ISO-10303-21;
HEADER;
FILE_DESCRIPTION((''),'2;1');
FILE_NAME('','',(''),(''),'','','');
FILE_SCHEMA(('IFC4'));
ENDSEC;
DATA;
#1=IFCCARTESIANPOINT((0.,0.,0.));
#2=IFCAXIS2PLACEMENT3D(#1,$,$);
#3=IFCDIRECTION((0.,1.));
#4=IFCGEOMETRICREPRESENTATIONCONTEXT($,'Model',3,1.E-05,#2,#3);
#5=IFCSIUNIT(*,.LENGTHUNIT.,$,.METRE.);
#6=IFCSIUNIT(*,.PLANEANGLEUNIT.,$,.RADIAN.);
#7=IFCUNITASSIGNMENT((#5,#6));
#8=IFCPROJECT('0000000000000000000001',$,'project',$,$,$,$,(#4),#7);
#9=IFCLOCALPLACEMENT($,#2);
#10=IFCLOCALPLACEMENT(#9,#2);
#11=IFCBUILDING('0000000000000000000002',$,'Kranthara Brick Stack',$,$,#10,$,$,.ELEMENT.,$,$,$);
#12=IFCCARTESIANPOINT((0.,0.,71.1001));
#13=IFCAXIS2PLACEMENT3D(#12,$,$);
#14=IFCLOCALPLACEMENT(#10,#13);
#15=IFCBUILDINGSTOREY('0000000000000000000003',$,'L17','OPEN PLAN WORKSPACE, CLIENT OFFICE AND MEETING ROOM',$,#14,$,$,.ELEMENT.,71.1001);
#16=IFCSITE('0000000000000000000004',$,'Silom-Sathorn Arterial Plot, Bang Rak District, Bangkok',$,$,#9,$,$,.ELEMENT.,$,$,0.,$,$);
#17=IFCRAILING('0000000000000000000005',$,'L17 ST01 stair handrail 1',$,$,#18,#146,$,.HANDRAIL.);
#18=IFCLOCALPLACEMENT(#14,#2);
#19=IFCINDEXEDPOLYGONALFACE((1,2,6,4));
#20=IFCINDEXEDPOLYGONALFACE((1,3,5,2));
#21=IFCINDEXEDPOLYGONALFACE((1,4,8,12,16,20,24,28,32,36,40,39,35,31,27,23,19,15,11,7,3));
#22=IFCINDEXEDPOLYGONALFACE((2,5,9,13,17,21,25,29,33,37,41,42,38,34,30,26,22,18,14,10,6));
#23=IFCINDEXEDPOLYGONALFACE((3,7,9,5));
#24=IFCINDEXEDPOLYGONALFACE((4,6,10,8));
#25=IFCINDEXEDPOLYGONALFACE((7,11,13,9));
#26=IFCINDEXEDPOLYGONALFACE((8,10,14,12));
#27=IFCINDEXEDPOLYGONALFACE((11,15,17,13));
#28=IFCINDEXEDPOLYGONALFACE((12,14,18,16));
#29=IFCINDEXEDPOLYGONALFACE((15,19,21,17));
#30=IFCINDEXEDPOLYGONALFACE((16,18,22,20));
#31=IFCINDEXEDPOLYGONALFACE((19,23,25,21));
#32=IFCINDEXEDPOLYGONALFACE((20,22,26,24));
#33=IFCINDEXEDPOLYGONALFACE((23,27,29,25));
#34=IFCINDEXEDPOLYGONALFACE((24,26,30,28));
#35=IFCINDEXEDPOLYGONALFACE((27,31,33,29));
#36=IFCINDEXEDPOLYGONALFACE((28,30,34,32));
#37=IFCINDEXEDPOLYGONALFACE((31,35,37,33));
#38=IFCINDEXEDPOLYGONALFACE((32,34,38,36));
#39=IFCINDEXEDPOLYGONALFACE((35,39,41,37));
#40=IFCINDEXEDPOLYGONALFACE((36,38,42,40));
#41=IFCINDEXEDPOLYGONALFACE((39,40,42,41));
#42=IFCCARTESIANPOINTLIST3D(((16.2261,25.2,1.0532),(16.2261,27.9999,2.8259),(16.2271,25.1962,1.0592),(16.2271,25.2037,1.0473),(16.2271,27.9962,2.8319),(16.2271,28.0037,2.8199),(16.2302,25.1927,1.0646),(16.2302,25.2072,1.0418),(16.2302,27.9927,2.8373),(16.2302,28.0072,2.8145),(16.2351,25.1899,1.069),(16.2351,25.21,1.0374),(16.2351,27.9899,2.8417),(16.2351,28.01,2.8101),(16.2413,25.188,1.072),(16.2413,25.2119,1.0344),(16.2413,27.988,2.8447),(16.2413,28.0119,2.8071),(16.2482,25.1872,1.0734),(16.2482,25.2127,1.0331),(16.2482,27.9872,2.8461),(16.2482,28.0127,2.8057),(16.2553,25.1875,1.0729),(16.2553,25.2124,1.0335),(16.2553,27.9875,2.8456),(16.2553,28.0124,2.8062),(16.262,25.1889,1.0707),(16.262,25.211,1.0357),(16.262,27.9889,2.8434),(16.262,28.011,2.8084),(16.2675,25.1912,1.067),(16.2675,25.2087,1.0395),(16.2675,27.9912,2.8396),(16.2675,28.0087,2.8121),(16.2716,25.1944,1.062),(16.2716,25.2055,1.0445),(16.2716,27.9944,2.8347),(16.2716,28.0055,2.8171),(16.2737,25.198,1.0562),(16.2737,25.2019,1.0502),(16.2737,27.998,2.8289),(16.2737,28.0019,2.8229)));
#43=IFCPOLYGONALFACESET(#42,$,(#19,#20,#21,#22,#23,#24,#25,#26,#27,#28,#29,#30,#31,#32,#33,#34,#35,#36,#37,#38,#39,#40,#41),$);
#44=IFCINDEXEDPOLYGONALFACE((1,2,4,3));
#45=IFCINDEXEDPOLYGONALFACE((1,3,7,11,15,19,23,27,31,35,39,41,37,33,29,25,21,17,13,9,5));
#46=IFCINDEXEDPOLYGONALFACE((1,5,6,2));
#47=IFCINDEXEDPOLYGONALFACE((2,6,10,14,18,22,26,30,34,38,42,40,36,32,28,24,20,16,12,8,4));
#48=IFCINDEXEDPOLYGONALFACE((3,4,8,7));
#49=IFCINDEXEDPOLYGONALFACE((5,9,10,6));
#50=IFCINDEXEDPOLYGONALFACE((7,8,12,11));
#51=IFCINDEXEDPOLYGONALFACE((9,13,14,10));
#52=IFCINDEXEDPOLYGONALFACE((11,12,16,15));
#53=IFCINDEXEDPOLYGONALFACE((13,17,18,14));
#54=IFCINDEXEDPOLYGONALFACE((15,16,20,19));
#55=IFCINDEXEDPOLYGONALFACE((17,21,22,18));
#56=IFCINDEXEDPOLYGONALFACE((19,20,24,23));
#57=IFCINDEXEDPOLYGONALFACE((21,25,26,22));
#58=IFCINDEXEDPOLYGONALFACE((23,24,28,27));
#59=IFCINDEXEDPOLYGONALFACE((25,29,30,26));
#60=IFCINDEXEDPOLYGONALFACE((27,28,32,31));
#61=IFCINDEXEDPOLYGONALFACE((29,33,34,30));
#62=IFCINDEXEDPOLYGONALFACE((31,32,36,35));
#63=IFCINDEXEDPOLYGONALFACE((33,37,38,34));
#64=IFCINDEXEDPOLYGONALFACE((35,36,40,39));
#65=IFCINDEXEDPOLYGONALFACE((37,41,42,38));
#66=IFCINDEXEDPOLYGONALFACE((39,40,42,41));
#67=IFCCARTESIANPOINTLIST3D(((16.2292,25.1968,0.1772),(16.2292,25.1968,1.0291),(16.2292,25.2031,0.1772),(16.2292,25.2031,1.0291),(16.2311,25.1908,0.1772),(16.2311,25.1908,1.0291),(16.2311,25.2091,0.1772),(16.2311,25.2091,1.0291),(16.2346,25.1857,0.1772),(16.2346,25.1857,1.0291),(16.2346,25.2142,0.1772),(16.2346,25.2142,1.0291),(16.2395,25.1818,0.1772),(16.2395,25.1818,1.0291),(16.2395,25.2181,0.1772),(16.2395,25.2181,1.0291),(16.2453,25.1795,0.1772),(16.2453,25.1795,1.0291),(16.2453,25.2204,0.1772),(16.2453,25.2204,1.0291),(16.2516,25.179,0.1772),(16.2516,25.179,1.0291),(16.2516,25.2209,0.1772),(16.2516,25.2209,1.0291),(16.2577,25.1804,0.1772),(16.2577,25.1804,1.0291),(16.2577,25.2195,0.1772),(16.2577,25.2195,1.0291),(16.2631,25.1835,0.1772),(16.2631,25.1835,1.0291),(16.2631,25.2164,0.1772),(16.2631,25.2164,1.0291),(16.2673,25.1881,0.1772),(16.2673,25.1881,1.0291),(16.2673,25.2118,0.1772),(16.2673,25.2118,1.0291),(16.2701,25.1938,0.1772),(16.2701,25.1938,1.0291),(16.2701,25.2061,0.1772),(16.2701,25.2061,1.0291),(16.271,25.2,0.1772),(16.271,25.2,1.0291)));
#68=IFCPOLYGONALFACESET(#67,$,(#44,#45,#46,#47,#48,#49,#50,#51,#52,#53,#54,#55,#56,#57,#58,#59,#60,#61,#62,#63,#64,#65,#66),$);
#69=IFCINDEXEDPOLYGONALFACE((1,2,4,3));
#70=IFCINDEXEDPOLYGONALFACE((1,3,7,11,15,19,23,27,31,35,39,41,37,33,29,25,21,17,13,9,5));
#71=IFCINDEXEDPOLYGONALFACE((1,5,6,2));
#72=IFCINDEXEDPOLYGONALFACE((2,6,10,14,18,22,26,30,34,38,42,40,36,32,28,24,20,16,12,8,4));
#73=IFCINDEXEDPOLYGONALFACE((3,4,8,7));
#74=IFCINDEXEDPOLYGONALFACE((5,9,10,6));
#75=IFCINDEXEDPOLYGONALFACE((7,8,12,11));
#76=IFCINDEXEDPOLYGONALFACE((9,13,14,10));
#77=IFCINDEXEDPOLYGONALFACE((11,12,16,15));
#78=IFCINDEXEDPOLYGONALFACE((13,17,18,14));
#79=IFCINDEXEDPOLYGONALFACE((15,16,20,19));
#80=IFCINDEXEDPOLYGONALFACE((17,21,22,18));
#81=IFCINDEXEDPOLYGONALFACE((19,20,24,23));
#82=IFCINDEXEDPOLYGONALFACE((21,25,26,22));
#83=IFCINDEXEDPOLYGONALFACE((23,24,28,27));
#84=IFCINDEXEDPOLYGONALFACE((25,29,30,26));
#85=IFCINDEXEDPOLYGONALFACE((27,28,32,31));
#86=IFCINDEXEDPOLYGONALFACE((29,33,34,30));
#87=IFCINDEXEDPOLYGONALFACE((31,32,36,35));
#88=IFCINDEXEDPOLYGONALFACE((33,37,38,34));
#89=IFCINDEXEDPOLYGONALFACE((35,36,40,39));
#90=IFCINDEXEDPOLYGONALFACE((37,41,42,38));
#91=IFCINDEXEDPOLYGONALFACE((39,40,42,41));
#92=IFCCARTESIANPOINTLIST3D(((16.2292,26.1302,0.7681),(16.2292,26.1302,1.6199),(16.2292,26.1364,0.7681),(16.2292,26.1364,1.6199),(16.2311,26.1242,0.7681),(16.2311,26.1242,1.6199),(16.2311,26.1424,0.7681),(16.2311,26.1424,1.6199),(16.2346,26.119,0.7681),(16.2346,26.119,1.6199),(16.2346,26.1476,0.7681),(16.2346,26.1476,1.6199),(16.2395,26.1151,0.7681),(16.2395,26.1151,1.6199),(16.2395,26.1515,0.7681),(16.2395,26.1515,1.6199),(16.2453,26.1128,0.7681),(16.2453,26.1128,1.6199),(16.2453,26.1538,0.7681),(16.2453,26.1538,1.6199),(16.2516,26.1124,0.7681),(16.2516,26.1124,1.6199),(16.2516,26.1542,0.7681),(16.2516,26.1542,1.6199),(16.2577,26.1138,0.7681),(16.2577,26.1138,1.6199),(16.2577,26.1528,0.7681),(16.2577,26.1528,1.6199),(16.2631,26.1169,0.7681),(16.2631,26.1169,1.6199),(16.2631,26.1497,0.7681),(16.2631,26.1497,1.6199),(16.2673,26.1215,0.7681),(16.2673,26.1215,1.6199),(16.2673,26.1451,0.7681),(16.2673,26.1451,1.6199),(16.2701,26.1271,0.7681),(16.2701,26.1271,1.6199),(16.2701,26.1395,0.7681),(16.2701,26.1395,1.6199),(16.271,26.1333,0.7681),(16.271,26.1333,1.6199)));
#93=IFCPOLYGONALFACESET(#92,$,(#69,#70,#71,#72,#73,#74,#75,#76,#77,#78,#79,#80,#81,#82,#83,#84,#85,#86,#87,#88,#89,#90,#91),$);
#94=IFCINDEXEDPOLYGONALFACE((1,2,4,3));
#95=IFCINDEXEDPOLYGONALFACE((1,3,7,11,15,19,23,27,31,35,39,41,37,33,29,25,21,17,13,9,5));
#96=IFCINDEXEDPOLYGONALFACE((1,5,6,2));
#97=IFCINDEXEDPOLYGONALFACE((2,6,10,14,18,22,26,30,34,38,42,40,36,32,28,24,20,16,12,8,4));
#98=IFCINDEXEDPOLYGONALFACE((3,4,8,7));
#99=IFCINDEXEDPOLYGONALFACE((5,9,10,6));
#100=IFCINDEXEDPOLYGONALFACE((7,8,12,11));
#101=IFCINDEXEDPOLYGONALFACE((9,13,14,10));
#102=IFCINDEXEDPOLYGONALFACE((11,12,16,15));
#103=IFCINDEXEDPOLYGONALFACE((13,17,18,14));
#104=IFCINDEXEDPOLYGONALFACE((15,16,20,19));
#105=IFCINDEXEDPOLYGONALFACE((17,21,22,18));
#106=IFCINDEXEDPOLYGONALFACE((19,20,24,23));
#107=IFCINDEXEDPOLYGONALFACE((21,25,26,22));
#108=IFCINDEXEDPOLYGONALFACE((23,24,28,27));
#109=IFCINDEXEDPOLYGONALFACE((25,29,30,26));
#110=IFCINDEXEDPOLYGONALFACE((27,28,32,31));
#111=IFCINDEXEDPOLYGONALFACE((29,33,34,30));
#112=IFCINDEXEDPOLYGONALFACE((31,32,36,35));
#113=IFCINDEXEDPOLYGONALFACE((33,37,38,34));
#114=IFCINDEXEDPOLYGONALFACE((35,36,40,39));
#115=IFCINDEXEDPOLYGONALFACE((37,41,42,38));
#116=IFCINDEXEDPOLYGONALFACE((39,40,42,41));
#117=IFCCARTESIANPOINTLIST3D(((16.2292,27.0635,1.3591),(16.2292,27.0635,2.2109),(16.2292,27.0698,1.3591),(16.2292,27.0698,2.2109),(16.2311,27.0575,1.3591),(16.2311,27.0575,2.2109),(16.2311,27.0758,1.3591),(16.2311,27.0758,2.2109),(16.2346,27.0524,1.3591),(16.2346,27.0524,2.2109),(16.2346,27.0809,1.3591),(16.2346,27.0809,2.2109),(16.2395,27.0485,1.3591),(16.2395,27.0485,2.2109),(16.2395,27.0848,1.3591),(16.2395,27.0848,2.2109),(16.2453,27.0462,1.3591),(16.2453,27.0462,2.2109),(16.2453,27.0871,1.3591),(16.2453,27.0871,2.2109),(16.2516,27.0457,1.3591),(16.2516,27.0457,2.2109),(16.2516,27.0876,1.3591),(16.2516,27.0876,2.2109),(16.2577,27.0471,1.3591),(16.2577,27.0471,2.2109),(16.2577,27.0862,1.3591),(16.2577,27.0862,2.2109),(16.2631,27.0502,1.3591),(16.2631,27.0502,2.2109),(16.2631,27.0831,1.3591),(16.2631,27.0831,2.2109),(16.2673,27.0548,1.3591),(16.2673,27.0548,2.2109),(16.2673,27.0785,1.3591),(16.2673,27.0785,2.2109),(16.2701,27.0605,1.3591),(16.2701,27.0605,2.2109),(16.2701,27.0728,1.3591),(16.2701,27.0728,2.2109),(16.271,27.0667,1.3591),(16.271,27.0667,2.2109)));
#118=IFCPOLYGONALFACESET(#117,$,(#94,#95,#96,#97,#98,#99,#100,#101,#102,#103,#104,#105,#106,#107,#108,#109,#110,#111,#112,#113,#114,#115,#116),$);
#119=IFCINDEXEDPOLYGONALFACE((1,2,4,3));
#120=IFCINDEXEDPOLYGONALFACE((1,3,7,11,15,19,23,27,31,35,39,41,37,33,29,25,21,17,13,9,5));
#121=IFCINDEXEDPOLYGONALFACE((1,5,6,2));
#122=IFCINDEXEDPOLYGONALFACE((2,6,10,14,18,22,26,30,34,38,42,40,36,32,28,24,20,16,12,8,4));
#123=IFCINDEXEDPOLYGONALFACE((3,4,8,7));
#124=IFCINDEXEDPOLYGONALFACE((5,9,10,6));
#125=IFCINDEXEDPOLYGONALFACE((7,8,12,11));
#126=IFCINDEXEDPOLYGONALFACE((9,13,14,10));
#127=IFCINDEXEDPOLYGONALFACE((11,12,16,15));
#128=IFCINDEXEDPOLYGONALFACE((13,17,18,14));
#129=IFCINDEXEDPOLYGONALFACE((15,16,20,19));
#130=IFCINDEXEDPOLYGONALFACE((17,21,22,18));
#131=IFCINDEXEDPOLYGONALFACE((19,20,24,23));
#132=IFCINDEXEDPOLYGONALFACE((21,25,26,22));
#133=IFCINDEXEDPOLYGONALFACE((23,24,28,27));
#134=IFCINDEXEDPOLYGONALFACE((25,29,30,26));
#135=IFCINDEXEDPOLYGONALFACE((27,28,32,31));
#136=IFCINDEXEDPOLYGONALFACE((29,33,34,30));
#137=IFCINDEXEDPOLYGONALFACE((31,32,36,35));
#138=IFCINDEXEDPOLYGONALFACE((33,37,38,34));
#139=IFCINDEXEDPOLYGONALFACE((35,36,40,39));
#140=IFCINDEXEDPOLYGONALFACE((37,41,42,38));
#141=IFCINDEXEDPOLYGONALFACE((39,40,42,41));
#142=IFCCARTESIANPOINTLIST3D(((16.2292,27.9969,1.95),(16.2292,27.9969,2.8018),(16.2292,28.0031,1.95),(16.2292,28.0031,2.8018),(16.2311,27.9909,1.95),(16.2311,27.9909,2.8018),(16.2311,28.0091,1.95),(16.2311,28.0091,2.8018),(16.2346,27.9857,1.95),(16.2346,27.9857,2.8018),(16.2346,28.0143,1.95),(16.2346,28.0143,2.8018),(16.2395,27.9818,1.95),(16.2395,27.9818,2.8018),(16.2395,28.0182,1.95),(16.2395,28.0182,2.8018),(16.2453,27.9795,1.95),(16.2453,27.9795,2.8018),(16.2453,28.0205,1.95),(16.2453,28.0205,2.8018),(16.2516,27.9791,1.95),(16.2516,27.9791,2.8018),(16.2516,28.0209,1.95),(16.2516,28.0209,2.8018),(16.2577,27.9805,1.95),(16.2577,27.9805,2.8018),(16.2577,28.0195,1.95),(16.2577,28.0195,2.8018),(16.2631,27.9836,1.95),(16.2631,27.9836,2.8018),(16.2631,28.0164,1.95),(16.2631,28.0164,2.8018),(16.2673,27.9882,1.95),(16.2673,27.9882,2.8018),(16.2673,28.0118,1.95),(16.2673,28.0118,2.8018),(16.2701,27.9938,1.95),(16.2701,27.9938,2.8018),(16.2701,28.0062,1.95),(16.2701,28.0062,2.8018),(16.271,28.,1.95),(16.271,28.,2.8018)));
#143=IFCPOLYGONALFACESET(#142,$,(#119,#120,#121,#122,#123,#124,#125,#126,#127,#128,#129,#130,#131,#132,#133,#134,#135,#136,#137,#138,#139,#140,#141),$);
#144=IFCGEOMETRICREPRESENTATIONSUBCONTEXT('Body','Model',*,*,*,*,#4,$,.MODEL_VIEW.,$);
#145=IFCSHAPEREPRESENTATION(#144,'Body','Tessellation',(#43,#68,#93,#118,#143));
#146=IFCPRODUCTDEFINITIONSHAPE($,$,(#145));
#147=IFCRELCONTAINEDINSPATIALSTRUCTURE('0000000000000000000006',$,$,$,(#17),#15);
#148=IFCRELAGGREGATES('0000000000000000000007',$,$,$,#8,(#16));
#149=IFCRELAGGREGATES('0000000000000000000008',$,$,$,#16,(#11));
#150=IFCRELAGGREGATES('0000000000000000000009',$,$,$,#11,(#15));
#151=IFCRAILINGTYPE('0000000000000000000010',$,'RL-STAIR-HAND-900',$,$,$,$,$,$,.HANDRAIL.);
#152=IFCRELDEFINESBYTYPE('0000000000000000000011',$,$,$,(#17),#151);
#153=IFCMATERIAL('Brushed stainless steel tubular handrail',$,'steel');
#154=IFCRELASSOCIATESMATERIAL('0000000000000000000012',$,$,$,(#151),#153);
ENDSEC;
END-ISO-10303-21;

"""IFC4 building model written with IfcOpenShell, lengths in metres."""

from ifc_helpers import new_model, si_unit, direction, frame, origin, origin_2d, place, context, subcontext, project, spatial, circle, extrude, material, type_object, element, save


model = new_model("IFC4")

# Units and contexts
model_context = context("Model", 3, precision=1e-05, world=origin(), true_north=direction((0.0, 1.0)))
body_context = subcontext(model_context, "Body", "Model", "MODEL_VIEW")
ifc_project = project(units=[si_unit("LENGTHUNIT", "METRE"), si_unit("PLANEANGLEUNIT", "RADIAN")], contexts=[model_context])

# Site, building, storey
site_placement = place(None, origin())
site = spatial("IfcSite", under=ifc_project, at=site_placement, Name="Silom-Sathorn Arterial Plot, Bang Rak District, Bangkok", CompositionType="ELEMENT", RefElevation=0.0)
building_placement = place(site_placement, origin())
building = spatial("IfcBuilding", under=site, at=building_placement, Name="Kranthara Brick Stack", CompositionType="ELEMENT")
storey_placement = place(building_placement, frame((0.0, 0.0, 71.1001)))
storey = spatial("IfcBuildingStorey", under=building, at=storey_placement, Name="L17", Description="OPEN PLAN WORKSPACE, CLIENT OFFICE AND MEETING ROOM", CompositionType="ELEMENT", Elevation=71.1001)

# Railing
ifc_material_1 = material(Name="Brushed stainless steel tubular handrail", Category="steel")
railing_type_1 = type_object("IfcRailingType", Name="RL-STAIR-HAND-900", PredefinedType="HANDRAIL", material=ifc_material_1)
railing_1_placement = place(storey_placement, frame((16.25, 25.2, 0.1772)))
element("IfcRailing", 1, at=railing_1_placement, inside=storey, type_object=railing_type_1, Name="L17 ST01 stair handrail 1", PredefinedType="HANDRAIL", context=body_context, shape_type="SweptSolid", body=[
    extrude(circle(Radius=0.0239, at=origin_2d()), frame((0.0, 0.0, 0.876), z_axis=(0.0, 0.844909, 0.53491), x_axis=(-1.0, 0.0, 0.0)), (0.0, 0.0, 1.0), 3.314),
    extrude(circle(Radius=0.021, at=origin_2d()), origin(), (0.0, 0.0, 1.0), 0.8518),
    extrude(circle(Radius=0.021, at=origin_2d()), frame((0.0, 0.9333, 0.5908)), (0.0, 0.0, 1.0), 0.8518),
    extrude(circle(Radius=0.021, at=origin_2d()), frame((0.0, 1.8667, 1.1819)), (0.0, 0.0, 1.0), 0.8518),
    extrude(circle(Radius=0.021, at=origin_2d()), frame((0.0, 2.8, 1.7727)), (0.0, 0.0, 1.0), 0.8518),
])

save(model, "model.ifc")
